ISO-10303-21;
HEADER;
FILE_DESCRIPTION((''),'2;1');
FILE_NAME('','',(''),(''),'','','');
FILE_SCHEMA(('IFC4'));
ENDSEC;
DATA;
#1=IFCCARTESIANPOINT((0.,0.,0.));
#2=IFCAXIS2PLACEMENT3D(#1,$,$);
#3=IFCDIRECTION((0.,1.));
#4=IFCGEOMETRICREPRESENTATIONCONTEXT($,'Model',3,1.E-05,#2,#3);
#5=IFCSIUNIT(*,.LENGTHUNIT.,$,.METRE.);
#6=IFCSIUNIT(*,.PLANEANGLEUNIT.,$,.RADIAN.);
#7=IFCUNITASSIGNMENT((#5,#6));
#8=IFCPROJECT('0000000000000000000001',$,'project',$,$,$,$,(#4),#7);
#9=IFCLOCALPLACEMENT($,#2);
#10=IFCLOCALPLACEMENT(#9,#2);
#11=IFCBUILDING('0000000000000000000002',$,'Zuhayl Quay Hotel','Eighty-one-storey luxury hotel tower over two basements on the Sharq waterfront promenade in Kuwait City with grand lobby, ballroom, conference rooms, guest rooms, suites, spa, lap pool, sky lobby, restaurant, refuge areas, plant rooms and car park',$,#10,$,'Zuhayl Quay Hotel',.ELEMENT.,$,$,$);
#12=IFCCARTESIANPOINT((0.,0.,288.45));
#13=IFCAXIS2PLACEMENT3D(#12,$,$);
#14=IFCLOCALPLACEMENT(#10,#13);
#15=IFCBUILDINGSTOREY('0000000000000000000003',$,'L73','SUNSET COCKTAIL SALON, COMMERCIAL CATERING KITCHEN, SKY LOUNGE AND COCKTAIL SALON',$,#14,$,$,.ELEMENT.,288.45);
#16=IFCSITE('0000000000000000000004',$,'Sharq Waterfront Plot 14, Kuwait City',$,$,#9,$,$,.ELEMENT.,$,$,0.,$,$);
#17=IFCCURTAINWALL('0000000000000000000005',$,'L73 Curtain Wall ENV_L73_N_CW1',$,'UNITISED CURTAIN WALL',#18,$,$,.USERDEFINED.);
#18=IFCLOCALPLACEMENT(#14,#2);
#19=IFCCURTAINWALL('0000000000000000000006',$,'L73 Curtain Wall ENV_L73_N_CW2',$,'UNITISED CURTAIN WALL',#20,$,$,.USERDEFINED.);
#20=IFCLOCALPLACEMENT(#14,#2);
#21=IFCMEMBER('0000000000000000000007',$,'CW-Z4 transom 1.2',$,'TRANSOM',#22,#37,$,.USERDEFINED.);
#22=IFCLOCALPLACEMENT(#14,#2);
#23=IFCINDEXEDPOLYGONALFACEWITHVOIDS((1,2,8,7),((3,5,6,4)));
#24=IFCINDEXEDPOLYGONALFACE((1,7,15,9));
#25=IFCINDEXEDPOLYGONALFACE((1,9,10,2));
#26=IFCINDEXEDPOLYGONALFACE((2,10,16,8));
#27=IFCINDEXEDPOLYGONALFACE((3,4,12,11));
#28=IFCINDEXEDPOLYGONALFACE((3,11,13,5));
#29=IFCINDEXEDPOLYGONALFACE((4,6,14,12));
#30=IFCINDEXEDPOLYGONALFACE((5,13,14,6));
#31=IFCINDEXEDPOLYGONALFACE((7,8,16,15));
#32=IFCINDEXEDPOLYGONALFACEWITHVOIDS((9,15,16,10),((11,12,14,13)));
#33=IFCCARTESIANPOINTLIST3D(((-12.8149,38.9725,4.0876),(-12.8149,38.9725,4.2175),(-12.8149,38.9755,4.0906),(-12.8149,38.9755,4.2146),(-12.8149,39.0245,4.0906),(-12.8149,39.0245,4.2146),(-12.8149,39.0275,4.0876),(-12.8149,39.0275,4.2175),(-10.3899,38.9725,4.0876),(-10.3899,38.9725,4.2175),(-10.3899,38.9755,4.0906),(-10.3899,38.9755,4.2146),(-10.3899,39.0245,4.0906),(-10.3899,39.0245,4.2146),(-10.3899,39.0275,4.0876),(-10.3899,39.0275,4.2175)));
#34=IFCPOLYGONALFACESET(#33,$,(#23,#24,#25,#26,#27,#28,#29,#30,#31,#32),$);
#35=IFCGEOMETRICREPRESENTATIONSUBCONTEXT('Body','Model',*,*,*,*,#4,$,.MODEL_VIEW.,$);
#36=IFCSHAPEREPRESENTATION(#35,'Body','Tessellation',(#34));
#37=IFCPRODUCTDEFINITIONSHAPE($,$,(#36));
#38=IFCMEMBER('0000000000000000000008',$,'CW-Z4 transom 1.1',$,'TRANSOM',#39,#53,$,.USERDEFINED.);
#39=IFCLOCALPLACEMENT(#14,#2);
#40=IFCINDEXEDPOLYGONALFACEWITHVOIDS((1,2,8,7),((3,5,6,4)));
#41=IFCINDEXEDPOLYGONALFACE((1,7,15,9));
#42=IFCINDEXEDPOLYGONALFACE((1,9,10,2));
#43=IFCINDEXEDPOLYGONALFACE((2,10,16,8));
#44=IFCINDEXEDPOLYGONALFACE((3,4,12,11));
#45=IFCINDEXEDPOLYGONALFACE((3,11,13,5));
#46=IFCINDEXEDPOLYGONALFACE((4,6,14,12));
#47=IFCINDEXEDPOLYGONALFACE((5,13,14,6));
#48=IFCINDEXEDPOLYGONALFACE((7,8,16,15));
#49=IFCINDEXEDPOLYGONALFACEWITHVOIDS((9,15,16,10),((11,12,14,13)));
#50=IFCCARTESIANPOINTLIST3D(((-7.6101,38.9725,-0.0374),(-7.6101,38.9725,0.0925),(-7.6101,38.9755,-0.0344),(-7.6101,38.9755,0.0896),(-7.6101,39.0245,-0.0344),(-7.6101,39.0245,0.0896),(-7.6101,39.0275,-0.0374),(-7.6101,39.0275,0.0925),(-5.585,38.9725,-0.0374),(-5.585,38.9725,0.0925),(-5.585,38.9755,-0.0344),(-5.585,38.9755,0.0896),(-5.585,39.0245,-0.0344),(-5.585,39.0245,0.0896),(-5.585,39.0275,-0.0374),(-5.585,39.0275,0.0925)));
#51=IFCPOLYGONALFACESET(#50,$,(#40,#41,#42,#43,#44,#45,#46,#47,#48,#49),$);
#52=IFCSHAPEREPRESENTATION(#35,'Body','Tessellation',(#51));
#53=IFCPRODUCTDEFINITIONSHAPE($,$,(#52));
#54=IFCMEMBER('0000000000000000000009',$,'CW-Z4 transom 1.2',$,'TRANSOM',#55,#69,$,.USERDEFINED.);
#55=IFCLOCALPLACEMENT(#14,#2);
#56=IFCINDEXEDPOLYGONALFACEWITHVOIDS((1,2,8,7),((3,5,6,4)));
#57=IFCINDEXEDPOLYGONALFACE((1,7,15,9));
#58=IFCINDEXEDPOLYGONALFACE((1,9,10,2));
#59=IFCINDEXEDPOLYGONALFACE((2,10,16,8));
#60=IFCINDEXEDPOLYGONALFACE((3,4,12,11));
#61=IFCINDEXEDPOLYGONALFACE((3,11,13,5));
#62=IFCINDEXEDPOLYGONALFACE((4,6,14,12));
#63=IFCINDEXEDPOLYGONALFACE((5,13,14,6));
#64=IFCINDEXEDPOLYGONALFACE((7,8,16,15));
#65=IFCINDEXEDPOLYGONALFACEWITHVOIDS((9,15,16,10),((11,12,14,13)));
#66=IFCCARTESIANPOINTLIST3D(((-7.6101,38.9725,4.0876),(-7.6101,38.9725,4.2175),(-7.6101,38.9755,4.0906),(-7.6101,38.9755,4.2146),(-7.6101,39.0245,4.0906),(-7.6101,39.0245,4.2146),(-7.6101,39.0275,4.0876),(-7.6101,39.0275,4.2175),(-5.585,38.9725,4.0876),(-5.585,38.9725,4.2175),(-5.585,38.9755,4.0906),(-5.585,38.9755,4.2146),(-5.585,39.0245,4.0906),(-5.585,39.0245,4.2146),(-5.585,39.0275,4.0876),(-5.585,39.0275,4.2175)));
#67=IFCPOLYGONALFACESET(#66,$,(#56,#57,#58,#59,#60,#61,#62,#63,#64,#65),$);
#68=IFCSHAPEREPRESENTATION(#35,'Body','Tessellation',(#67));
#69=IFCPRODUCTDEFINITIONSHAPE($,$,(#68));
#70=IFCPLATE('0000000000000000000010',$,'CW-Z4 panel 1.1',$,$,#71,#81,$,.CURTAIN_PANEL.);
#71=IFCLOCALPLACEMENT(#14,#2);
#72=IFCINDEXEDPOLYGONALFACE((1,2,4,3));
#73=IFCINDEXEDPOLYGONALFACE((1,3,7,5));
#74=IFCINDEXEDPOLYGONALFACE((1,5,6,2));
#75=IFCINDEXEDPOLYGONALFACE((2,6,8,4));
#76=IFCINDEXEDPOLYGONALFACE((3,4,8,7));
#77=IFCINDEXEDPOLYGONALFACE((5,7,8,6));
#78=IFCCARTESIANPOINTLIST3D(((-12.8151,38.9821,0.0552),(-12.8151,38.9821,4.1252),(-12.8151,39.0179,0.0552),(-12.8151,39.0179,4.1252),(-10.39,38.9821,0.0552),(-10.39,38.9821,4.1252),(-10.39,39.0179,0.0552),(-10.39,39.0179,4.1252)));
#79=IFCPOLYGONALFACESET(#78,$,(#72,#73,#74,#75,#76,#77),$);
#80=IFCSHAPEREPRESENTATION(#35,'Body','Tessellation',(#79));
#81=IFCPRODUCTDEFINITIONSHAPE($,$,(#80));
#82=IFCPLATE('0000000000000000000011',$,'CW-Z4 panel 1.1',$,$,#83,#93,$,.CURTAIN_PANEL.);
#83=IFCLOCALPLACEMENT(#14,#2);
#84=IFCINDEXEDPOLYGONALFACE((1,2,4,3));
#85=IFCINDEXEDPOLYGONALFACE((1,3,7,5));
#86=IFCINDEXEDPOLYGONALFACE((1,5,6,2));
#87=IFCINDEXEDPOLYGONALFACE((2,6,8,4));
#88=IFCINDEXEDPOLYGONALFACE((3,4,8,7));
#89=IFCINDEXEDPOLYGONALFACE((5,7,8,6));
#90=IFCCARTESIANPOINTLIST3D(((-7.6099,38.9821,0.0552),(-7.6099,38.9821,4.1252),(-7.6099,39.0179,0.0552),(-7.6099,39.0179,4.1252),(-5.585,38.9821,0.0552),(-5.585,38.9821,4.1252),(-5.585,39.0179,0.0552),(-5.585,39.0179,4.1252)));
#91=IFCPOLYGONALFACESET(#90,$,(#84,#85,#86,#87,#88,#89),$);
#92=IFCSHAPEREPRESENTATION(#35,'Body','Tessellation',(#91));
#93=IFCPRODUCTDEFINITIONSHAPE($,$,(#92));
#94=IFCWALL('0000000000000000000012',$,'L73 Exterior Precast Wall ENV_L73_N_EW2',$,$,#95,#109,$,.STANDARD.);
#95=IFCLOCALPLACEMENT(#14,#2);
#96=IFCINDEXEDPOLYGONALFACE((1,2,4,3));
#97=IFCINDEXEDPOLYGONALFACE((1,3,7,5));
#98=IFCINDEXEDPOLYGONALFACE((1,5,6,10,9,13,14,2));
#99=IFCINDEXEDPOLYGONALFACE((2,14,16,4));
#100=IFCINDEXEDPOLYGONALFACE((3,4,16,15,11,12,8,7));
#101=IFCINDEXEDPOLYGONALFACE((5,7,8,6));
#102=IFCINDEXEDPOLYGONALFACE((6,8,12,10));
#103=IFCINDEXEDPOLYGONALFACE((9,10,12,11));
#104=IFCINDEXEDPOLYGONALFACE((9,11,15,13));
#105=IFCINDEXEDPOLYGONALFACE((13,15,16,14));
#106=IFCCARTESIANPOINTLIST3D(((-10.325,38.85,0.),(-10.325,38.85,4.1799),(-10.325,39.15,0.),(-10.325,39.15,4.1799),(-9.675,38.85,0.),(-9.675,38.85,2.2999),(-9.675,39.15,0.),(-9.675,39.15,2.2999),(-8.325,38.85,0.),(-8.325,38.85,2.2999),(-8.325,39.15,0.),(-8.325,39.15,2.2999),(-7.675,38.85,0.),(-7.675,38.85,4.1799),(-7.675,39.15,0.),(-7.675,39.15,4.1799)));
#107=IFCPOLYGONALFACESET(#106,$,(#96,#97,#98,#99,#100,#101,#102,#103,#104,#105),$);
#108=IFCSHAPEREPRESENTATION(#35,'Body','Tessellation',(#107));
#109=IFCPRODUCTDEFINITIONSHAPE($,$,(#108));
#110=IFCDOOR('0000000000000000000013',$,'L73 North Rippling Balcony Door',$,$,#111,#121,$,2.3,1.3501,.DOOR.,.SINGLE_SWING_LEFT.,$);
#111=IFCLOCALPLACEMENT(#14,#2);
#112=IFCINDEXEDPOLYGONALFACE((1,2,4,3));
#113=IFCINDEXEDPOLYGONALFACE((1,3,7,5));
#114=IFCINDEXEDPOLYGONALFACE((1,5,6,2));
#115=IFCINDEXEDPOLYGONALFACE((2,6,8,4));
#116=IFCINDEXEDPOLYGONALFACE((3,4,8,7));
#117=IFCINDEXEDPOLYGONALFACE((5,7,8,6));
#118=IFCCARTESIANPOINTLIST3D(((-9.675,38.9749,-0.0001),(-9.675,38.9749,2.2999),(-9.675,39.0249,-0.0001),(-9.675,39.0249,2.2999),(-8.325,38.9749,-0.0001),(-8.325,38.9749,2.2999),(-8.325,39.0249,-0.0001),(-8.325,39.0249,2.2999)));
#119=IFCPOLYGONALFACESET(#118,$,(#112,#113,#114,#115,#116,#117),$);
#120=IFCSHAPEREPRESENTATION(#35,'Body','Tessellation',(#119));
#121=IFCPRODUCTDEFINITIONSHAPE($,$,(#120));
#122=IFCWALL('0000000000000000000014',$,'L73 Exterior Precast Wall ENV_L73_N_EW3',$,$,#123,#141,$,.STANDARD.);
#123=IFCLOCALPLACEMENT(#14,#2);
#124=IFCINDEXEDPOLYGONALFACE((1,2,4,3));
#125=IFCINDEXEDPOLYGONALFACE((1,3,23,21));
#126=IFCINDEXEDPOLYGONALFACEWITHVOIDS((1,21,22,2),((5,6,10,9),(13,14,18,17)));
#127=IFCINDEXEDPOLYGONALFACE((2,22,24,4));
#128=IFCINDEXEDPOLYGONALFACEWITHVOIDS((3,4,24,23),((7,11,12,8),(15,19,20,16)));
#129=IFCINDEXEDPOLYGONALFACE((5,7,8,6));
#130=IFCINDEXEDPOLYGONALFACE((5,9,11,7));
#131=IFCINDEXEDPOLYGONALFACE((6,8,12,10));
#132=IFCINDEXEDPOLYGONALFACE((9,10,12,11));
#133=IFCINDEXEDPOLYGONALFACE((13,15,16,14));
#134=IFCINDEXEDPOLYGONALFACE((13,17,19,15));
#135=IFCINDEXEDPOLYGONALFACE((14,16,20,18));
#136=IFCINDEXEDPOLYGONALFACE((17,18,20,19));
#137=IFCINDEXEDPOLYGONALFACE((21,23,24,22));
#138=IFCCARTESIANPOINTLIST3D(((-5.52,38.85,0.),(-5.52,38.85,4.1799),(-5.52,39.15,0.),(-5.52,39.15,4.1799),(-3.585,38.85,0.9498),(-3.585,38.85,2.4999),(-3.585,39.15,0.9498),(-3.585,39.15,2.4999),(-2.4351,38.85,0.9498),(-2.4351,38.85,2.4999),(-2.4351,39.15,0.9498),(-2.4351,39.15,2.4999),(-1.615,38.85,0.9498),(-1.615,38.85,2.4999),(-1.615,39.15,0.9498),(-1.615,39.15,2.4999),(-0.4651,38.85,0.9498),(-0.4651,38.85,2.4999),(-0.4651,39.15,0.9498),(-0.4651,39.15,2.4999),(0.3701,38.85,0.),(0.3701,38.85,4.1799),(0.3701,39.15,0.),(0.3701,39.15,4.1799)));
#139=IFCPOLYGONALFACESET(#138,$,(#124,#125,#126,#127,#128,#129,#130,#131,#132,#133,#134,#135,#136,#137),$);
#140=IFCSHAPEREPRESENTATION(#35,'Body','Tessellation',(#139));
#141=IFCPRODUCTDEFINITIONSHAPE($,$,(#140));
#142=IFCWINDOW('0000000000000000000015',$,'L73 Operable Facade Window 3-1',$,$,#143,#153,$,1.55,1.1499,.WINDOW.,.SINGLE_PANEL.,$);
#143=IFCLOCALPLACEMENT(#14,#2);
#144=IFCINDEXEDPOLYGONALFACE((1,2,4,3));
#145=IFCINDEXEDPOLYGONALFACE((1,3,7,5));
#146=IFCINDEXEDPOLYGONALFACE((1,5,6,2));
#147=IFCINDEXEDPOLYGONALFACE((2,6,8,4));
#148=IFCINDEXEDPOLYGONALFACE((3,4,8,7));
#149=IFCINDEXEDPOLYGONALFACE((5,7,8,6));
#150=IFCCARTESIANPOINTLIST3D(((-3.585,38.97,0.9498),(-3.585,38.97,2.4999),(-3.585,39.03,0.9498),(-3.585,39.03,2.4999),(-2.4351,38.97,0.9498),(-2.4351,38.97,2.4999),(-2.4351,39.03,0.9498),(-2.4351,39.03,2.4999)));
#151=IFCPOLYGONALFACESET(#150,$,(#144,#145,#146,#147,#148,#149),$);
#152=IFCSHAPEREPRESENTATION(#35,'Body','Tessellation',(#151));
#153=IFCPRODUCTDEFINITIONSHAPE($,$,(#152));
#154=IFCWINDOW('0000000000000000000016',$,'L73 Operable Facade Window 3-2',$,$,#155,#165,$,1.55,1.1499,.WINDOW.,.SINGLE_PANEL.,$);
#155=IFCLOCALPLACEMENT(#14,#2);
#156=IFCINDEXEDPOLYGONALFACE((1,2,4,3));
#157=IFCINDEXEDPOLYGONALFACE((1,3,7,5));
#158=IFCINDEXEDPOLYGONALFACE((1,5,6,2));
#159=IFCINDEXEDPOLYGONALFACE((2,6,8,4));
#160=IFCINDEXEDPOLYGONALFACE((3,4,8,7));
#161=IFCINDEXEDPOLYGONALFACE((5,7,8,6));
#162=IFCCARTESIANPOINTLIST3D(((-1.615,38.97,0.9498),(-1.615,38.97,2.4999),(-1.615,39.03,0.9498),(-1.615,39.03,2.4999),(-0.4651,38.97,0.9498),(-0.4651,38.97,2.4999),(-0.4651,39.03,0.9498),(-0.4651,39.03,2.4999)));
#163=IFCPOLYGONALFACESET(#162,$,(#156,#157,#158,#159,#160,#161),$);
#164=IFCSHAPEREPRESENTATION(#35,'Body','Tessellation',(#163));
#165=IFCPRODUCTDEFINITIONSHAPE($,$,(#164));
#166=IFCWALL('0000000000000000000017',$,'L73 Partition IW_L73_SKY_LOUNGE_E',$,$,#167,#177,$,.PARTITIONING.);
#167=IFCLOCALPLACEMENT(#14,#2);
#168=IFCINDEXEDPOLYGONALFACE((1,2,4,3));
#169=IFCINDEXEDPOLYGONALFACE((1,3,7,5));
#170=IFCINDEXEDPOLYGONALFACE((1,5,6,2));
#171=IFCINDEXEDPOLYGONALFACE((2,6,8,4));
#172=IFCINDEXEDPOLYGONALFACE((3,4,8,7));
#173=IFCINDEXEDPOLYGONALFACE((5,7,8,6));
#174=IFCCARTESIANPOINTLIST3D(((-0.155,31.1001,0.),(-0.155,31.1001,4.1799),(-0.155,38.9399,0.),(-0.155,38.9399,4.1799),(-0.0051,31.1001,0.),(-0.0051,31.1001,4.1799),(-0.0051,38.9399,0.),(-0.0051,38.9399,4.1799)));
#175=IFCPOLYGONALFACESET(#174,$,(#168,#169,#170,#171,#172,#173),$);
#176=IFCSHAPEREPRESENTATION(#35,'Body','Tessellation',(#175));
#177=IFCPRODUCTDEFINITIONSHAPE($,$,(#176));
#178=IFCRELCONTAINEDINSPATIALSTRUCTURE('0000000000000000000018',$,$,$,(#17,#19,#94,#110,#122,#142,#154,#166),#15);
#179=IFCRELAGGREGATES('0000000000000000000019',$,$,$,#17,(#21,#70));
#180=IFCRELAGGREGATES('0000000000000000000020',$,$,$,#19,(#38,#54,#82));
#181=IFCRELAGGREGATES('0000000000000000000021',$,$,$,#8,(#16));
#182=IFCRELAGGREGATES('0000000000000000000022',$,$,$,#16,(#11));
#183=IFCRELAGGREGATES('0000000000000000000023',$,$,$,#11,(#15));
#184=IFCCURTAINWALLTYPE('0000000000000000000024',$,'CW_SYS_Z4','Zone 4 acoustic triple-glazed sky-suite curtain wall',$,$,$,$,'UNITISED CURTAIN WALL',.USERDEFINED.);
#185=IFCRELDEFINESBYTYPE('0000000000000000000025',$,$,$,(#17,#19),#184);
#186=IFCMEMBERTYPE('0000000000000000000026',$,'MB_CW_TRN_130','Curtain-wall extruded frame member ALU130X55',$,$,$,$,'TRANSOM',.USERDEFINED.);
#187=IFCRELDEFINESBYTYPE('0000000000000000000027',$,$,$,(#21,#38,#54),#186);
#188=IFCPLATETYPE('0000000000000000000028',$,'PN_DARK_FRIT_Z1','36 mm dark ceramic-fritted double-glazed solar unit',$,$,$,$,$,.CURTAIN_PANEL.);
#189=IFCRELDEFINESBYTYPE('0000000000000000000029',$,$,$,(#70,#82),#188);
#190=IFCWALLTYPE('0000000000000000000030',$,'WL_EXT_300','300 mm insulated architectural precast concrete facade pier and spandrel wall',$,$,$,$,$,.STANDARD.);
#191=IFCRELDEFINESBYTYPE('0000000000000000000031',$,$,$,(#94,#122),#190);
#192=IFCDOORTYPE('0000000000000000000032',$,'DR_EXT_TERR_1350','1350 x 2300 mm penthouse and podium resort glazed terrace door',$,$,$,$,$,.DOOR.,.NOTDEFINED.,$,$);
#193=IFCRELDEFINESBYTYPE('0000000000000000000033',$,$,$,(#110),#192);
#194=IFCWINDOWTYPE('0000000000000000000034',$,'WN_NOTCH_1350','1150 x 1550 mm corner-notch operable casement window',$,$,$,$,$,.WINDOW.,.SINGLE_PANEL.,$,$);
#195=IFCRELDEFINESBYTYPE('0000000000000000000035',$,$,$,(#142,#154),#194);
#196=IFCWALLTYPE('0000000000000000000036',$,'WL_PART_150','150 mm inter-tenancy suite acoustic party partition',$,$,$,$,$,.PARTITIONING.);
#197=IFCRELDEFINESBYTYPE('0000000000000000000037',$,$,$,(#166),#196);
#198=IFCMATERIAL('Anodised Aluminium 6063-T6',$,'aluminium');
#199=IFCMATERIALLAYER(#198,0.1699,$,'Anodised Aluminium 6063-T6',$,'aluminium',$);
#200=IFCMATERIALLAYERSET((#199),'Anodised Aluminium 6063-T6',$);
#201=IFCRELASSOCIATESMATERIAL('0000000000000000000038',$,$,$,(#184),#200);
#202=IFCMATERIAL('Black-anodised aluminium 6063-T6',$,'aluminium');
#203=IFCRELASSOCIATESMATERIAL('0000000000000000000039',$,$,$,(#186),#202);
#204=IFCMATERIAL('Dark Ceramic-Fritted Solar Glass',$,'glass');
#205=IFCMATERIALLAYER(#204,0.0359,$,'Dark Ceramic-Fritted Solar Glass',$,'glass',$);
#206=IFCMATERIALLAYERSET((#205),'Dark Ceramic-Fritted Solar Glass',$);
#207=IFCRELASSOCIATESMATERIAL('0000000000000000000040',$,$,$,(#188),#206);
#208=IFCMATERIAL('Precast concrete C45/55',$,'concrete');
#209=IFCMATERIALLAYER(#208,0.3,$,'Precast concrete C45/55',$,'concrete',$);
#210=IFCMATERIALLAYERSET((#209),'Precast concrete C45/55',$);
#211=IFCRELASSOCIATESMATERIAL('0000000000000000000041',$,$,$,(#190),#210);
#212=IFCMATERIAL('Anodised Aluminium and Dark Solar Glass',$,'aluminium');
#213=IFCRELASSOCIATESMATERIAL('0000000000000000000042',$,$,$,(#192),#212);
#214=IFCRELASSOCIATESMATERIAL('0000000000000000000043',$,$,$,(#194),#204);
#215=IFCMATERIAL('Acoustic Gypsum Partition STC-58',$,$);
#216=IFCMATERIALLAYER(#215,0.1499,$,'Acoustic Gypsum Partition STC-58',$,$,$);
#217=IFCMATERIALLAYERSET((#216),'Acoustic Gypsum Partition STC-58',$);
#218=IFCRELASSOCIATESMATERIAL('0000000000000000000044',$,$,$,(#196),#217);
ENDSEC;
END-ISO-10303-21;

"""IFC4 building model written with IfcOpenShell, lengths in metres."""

from ifc_helpers import new_model, si_unit, direction, frame, frame_2d, origin, origin_2d, place, context, subcontext, project, spatial, rectangle, hollow_rectangle, extrude, material, layer, layer_set, material_profile, profile_set, type_object, element, fill, aggregate, save


model = new_model("IFC4")

# Units and contexts
model_context = context("Model", 3, precision=1e-05, world=origin(), true_north=direction((0.0, 1.0)))
body_context = subcontext(model_context, "Body", "Model", "MODEL_VIEW")
ifc_project = project(units=[si_unit("LENGTHUNIT", "METRE"), si_unit("PLANEANGLEUNIT", "RADIAN")], contexts=[model_context])

# Site, building, storey
site_placement = place(None, origin())
site = spatial("IfcSite", under=ifc_project, at=site_placement, Name="Sharq Waterfront Plot 14, Kuwait City", CompositionType="ELEMENT", RefElevation=0.0)
building_placement = place(site_placement, origin())
building = spatial("IfcBuilding", under=site, at=building_placement, Name="Zuhayl Quay Hotel", Description="Eighty-one-storey luxury hotel tower over two basements on the Sharq waterfront promenade in Kuwait City with grand lobby, ballroom, conference rooms, guest rooms, suites, spa, lap pool, sky lobby, restaurant, refuge areas, plant rooms and car park", LongName="Zuhayl Quay Hotel", CompositionType="ELEMENT")
storey_placement = place(building_placement, frame((0.0, 0.0, 288.45)))
storey = spatial("IfcBuildingStorey", under=building, at=storey_placement, Name="L73", Description="SUNSET COCKTAIL SALON, COMMERCIAL CATERING KITCHEN, SKY LOUNGE AND COCKTAIL SALON", CompositionType="ELEMENT", Elevation=288.45)

# Curtain walls
ifc_material_1 = material(Name="Anodised Aluminium 6063-T6", Category="aluminium")
ifc_layer_1 = layer(ifc_material_1, 0.1699, Name="Anodised Aluminium 6063-T6", Category="aluminium")
ifc_layer_set_1 = layer_set([ifc_layer_1], Name="Anodised Aluminium 6063-T6")
curtain_wall_type = type_object("IfcCurtainWallType", Name="CW_SYS_Z4", Description="Zone 4 acoustic triple-glazed sky-suite curtain wall", ElementType="UNITISED CURTAIN WALL", PredefinedType="USERDEFINED", material=ifc_layer_set_1)
curtain_wall_1_placement = place(storey_placement, origin())
curtain_wall_1 = element("IfcCurtainWall", 1, at=curtain_wall_1_placement, inside=storey, type_object=curtain_wall_type, Name="L73 Curtain Wall ENV_L73_N_CW1", ObjectType="UNITISED CURTAIN WALL", PredefinedType="USERDEFINED")
ifc_material_2 = material(Name="Black-anodised aluminium 6063-T6", Category="aluminium")
curtain_wall_2_placement = place(storey_placement, origin())
curtain_wall_2 = element("IfcCurtainWall", 2, at=curtain_wall_2_placement, inside=storey, type_object=curtain_wall_type, Name="L73 Curtain Wall ENV_L73_N_CW2", ObjectType="UNITISED CURTAIN WALL", PredefinedType="USERDEFINED")

# Members
ifc_material_profile_1 = material_profile(ifc_material_2, hollow_rectangle(XDim=0.0549, YDim=0.1299, WallThickness=0.0029, at=origin_2d()), Name="ALU130X55")
ifc_profile_set_1 = profile_set([ifc_material_profile_1], Name="Black-anodised aluminium 6063-T6")
member_type_1 = type_object("IfcMemberType", Name="MB_CW_TRN_130", Description="Curtain-wall extruded frame member ALU130X55", ElementType="TRANSOM", PredefinedType="USERDEFINED", material=ifc_profile_set_1)
member_1_placement = place(storey_placement, frame((-12.8149, 39.0, 4.1526), z_axis=(1.0, 0.0, 0.0), x_axis=(0.0, 1.0, 0.0)))
member_1 = element("IfcMember", 3, at=member_1_placement, type_object=member_type_1, Name="CW-Z4 transom 1.2", ObjectType="TRANSOM", PredefinedType="USERDEFINED", context=body_context, shape_type="SweptSolid", body=[
    extrude(hollow_rectangle(XDim=0.0549, YDim=0.1299, WallThickness=0.0029, at=origin_2d()), origin(), (0.0, 0.0, 1.0), 2.425),
])
member_2_placement = place(storey_placement, frame((-7.6101, 39.0, 0.0276), z_axis=(1.0, 0.0, 0.0), x_axis=(0.0, 1.0, 0.0)))
member_2 = element("IfcMember", 4, at=member_2_placement, type_object=member_type_1, Name="CW-Z4 transom 1.1", ObjectType="TRANSOM", PredefinedType="USERDEFINED", context=body_context, shape_type="SweptSolid", body=[
    extrude(hollow_rectangle(XDim=0.0549, YDim=0.1299, WallThickness=0.0029, at=origin_2d()), origin(), (0.0, 0.0, 1.0), 2.0251),
])
member_3_placement = place(storey_placement, frame((-7.6101, 39.0, 4.1526), z_axis=(1.0, 0.0, 0.0), x_axis=(0.0, 1.0, 0.0)))
member_3 = element("IfcMember", 5, at=member_3_placement, type_object=member_type_1, Name="CW-Z4 transom 1.2", ObjectType="TRANSOM", PredefinedType="USERDEFINED", context=body_context, shape_type="SweptSolid", body=[
    extrude(hollow_rectangle(XDim=0.0549, YDim=0.1299, WallThickness=0.0029, at=origin_2d()), origin(), (0.0, 0.0, 1.0), 2.0251),
])

# Plates
ifc_material_3 = material(Name="Dark Ceramic-Fritted Solar Glass", Category="glass")
ifc_layer_2 = layer(ifc_material_3, 0.0359, Name="Dark Ceramic-Fritted Solar Glass", Category="glass")
ifc_layer_set_2 = layer_set([ifc_layer_2], Name="Dark Ceramic-Fritted Solar Glass")
plate_type = type_object("IfcPlateType", Name="PN_DARK_FRIT_Z1", Description="36 mm dark ceramic-fritted double-glazed solar unit", PredefinedType="CURTAIN_PANEL", material=ifc_layer_set_2)
plate_1_placement = place(storey_placement, frame((-11.6025, 39.0, 0.0552), z_axis=(0.0, 0.0, 1.0), x_axis=(1.0, 0.0, 0.0)))
plate_1 = element("IfcPlate", 6, at=plate_1_placement, type_object=plate_type, Name="CW-Z4 panel 1.1", PredefinedType="CURTAIN_PANEL", context=body_context, shape_type="SweptSolid", body=[
    extrude(rectangle(XDim=2.425, YDim=0.0359, at=origin_2d()), origin(), (0.0, 0.0, 1.0), 4.0701),
])
aggregate(curtain_wall_1, [member_1, plate_1])
plate_2_placement = place(storey_placement, frame((-6.5974, 39.0, 0.0552), z_axis=(0.0, 0.0, 1.0), x_axis=(1.0, 0.0, 0.0)))
plate_2 = element("IfcPlate", 7, at=plate_2_placement, type_object=plate_type, Name="CW-Z4 panel 1.1", PredefinedType="CURTAIN_PANEL", context=body_context, shape_type="SweptSolid", body=[
    extrude(rectangle(XDim=2.0249, YDim=0.0359, at=origin_2d()), origin(), (0.0, 0.0, 1.0), 4.0701),
])
aggregate(curtain_wall_2, [member_2, member_3, plate_2])

# Wall, opening, door
ifc_material_4 = material(Name="Precast concrete C45/55", Category="concrete")
ifc_layer_3 = layer(ifc_material_4, 0.3, Name="Precast concrete C45/55", Category="concrete")
ifc_layer_set_3 = layer_set([ifc_layer_3], Name="Precast concrete C45/55")
wall_type_1 = type_object("IfcWallType", Name="WL_EXT_300", Description="300 mm insulated architectural precast concrete facade pier and spandrel wall", PredefinedType="STANDARD", material=ifc_layer_set_3)
wall_1_placement = place(storey_placement, frame((-10.325, 39.0, 0.0), z_axis=(0.0, 0.0, 1.0), x_axis=(1.0, 0.0, 0.0)))
wall_1 = element("IfcWall", 8, at=wall_1_placement, inside=storey, type_object=wall_type_1, Name="L73 Exterior Precast Wall ENV_L73_N_EW2", PredefinedType="STANDARD", context=body_context, shape_type="SweptSolid", body=[
    extrude(rectangle(XDim=2.6499, YDim=0.3, at=frame_2d((1.325, 0.0))), origin(), (0.0, 0.0, 1.0), 4.1799),
])
opening_1_placement = place(wall_1_placement, frame((0.6499, 0.0, 0.0)))
opening_1 = element("IfcOpeningElement", 9, at=opening_1_placement, cuts=wall_1, PredefinedType="OPENING", context=body_context, shape_type="SweptSolid", body=[
    extrude(rectangle(XDim=1.3501, YDim=2.3, at=frame_2d((0.675, 1.1499))), frame((0.0, 0.1599, 0.0), z_axis=(0.0, -1.0, 0.0), x_axis=(1.0, 0.0, 0.0)), (0.0, 0.0, 1.0), 0.3201),
])
ifc_material_5 = material(Name="Anodised Aluminium and Dark Solar Glass", Category="aluminium")
door_type = type_object("IfcDoorType", Name="DR_EXT_TERR_1350", Description="1350 x 2300 mm penthouse and podium resort glazed terrace door", OperationType="NOTDEFINED", PredefinedType="DOOR", material=ifc_material_5)
door_placement = place(opening_1_placement, origin())
door = element("IfcDoor", 10, at=door_placement, inside=storey, type_object=door_type, Name="L73 North Rippling Balcony Door", OperationType="SINGLE_SWING_LEFT", OverallHeight=2.3, OverallWidth=1.3501, PredefinedType="DOOR", context=body_context, shape_type="SweptSolid", body=[
    extrude(rectangle(XDim=1.3501, YDim=2.3, at=frame_2d((0.675, 1.1499))), frame((0.0, 0.0249, 0.0), z_axis=(0.0, -1.0, 0.0), x_axis=(1.0, 0.0, 0.0)), (0.0, 0.0, 1.0), 0.05),
])
fill(opening_1, door)

# Wall, openings, windows
wall_2_placement = place(storey_placement, frame((-5.52, 39.0, 0.0), z_axis=(0.0, 0.0, 1.0), x_axis=(1.0, 0.0, 0.0)))
wall_2 = element("IfcWall", 11, at=wall_2_placement, inside=storey, type_object=wall_type_1, Name="L73 Exterior Precast Wall ENV_L73_N_EW3", PredefinedType="STANDARD", context=body_context, shape_type="SweptSolid", body=[
    extrude(rectangle(XDim=5.8901, YDim=0.3, at=frame_2d((2.9451, 0.0))), origin(), (0.0, 0.0, 1.0), 4.1799),
])
opening_2_placement = place(wall_2_placement, frame((1.9351, 0.0, 0.95)))
opening_2 = element("IfcOpeningElement", 12, at=opening_2_placement, cuts=wall_2, PredefinedType="OPENING", context=body_context, shape_type="SweptSolid", body=[
    extrude(rectangle(XDim=1.1499, YDim=1.55, at=frame_2d((0.575, 0.7749))), frame((0.0, 0.1599, 0.0), z_axis=(0.0, -1.0, 0.0), x_axis=(1.0, 0.0, 0.0)), (0.0, 0.0, 1.0), 0.3201),
])
opening_3_placement = place(wall_2_placement, frame((3.905, 0.0, 0.95)))
opening_3 = element("IfcOpeningElement", 13, at=opening_3_placement, cuts=wall_2, PredefinedType="OPENING", context=body_context, shape_type="SweptSolid", body=[
    extrude(rectangle(XDim=1.1499, YDim=1.55, at=frame_2d((0.575, 0.7749))), frame((0.0, 0.1599, 0.0), z_axis=(0.0, -1.0, 0.0), x_axis=(1.0, 0.0, 0.0)), (0.0, 0.0, 1.0), 0.3201),
])
window_type = type_object("IfcWindowType", Name="WN_NOTCH_1350", Description="1150 x 1550 mm corner-notch operable casement window", PartitioningType="SINGLE_PANEL", PredefinedType="WINDOW", material=ifc_material_3)
window_1_placement = place(opening_2_placement, origin())
window_1 = element("IfcWindow", 14, at=window_1_placement, inside=storey, type_object=window_type, Name="L73 Operable Facade Window 3-1", OverallHeight=1.55, OverallWidth=1.1499, PartitioningType="SINGLE_PANEL", PredefinedType="WINDOW", context=body_context, shape_type="SweptSolid", body=[
    extrude(rectangle(XDim=1.1499, YDim=1.55, at=frame_2d((0.575, 0.7749))), frame((0.0, 0.03, 0.0), z_axis=(0.0, -1.0, 0.0), x_axis=(1.0, 0.0, 0.0)), (0.0, 0.0, 1.0), 0.0601),
])
fill(opening_2, window_1)
window_2_placement = place(opening_3_placement, origin())
window_2 = element("IfcWindow", 15, at=window_2_placement, inside=storey, type_object=window_type, Name="L73 Operable Facade Window 3-2", OverallHeight=1.55, OverallWidth=1.1499, PartitioningType="SINGLE_PANEL", PredefinedType="WINDOW", context=body_context, shape_type="SweptSolid", body=[
    extrude(rectangle(XDim=1.1499, YDim=1.55, at=frame_2d((0.575, 0.7749))), frame((0.0, 0.03, 0.0), z_axis=(0.0, -1.0, 0.0), x_axis=(1.0, 0.0, 0.0)), (0.0, 0.0, 1.0), 0.0601),
])
fill(opening_3, window_2)

# Wall
ifc_material_6 = material(Name="Acoustic Gypsum Partition STC-58")
ifc_layer_4 = layer(ifc_material_6, 0.1499, Name="Acoustic Gypsum Partition STC-58")
ifc_layer_set_4 = layer_set([ifc_layer_4], Name="Acoustic Gypsum Partition STC-58")
wall_type_2 = type_object("IfcWallType", Name="WL_PART_150", Description="150 mm inter-tenancy suite acoustic party partition", PredefinedType="PARTITIONING", material=ifc_layer_set_4)
wall_3_placement = place(storey_placement, frame((-0.0801, 31.1001, 0.0), z_axis=(0.0, 0.0, 1.0), x_axis=(0.0, 1.0, 0.0)))
element("IfcWall", 16, at=wall_3_placement, inside=storey, type_object=wall_type_2, Name="L73 Partition IW_L73_SKY_LOUNGE_E", PredefinedType="PARTITIONING", context=body_context, shape_type="SweptSolid", body=[
    extrude(rectangle(XDim=7.8398, YDim=0.1499, at=frame_2d((3.9199, 0.0))), origin(), (0.0, 0.0, 1.0), 4.1799),
])

save(model, "model.ifc")
